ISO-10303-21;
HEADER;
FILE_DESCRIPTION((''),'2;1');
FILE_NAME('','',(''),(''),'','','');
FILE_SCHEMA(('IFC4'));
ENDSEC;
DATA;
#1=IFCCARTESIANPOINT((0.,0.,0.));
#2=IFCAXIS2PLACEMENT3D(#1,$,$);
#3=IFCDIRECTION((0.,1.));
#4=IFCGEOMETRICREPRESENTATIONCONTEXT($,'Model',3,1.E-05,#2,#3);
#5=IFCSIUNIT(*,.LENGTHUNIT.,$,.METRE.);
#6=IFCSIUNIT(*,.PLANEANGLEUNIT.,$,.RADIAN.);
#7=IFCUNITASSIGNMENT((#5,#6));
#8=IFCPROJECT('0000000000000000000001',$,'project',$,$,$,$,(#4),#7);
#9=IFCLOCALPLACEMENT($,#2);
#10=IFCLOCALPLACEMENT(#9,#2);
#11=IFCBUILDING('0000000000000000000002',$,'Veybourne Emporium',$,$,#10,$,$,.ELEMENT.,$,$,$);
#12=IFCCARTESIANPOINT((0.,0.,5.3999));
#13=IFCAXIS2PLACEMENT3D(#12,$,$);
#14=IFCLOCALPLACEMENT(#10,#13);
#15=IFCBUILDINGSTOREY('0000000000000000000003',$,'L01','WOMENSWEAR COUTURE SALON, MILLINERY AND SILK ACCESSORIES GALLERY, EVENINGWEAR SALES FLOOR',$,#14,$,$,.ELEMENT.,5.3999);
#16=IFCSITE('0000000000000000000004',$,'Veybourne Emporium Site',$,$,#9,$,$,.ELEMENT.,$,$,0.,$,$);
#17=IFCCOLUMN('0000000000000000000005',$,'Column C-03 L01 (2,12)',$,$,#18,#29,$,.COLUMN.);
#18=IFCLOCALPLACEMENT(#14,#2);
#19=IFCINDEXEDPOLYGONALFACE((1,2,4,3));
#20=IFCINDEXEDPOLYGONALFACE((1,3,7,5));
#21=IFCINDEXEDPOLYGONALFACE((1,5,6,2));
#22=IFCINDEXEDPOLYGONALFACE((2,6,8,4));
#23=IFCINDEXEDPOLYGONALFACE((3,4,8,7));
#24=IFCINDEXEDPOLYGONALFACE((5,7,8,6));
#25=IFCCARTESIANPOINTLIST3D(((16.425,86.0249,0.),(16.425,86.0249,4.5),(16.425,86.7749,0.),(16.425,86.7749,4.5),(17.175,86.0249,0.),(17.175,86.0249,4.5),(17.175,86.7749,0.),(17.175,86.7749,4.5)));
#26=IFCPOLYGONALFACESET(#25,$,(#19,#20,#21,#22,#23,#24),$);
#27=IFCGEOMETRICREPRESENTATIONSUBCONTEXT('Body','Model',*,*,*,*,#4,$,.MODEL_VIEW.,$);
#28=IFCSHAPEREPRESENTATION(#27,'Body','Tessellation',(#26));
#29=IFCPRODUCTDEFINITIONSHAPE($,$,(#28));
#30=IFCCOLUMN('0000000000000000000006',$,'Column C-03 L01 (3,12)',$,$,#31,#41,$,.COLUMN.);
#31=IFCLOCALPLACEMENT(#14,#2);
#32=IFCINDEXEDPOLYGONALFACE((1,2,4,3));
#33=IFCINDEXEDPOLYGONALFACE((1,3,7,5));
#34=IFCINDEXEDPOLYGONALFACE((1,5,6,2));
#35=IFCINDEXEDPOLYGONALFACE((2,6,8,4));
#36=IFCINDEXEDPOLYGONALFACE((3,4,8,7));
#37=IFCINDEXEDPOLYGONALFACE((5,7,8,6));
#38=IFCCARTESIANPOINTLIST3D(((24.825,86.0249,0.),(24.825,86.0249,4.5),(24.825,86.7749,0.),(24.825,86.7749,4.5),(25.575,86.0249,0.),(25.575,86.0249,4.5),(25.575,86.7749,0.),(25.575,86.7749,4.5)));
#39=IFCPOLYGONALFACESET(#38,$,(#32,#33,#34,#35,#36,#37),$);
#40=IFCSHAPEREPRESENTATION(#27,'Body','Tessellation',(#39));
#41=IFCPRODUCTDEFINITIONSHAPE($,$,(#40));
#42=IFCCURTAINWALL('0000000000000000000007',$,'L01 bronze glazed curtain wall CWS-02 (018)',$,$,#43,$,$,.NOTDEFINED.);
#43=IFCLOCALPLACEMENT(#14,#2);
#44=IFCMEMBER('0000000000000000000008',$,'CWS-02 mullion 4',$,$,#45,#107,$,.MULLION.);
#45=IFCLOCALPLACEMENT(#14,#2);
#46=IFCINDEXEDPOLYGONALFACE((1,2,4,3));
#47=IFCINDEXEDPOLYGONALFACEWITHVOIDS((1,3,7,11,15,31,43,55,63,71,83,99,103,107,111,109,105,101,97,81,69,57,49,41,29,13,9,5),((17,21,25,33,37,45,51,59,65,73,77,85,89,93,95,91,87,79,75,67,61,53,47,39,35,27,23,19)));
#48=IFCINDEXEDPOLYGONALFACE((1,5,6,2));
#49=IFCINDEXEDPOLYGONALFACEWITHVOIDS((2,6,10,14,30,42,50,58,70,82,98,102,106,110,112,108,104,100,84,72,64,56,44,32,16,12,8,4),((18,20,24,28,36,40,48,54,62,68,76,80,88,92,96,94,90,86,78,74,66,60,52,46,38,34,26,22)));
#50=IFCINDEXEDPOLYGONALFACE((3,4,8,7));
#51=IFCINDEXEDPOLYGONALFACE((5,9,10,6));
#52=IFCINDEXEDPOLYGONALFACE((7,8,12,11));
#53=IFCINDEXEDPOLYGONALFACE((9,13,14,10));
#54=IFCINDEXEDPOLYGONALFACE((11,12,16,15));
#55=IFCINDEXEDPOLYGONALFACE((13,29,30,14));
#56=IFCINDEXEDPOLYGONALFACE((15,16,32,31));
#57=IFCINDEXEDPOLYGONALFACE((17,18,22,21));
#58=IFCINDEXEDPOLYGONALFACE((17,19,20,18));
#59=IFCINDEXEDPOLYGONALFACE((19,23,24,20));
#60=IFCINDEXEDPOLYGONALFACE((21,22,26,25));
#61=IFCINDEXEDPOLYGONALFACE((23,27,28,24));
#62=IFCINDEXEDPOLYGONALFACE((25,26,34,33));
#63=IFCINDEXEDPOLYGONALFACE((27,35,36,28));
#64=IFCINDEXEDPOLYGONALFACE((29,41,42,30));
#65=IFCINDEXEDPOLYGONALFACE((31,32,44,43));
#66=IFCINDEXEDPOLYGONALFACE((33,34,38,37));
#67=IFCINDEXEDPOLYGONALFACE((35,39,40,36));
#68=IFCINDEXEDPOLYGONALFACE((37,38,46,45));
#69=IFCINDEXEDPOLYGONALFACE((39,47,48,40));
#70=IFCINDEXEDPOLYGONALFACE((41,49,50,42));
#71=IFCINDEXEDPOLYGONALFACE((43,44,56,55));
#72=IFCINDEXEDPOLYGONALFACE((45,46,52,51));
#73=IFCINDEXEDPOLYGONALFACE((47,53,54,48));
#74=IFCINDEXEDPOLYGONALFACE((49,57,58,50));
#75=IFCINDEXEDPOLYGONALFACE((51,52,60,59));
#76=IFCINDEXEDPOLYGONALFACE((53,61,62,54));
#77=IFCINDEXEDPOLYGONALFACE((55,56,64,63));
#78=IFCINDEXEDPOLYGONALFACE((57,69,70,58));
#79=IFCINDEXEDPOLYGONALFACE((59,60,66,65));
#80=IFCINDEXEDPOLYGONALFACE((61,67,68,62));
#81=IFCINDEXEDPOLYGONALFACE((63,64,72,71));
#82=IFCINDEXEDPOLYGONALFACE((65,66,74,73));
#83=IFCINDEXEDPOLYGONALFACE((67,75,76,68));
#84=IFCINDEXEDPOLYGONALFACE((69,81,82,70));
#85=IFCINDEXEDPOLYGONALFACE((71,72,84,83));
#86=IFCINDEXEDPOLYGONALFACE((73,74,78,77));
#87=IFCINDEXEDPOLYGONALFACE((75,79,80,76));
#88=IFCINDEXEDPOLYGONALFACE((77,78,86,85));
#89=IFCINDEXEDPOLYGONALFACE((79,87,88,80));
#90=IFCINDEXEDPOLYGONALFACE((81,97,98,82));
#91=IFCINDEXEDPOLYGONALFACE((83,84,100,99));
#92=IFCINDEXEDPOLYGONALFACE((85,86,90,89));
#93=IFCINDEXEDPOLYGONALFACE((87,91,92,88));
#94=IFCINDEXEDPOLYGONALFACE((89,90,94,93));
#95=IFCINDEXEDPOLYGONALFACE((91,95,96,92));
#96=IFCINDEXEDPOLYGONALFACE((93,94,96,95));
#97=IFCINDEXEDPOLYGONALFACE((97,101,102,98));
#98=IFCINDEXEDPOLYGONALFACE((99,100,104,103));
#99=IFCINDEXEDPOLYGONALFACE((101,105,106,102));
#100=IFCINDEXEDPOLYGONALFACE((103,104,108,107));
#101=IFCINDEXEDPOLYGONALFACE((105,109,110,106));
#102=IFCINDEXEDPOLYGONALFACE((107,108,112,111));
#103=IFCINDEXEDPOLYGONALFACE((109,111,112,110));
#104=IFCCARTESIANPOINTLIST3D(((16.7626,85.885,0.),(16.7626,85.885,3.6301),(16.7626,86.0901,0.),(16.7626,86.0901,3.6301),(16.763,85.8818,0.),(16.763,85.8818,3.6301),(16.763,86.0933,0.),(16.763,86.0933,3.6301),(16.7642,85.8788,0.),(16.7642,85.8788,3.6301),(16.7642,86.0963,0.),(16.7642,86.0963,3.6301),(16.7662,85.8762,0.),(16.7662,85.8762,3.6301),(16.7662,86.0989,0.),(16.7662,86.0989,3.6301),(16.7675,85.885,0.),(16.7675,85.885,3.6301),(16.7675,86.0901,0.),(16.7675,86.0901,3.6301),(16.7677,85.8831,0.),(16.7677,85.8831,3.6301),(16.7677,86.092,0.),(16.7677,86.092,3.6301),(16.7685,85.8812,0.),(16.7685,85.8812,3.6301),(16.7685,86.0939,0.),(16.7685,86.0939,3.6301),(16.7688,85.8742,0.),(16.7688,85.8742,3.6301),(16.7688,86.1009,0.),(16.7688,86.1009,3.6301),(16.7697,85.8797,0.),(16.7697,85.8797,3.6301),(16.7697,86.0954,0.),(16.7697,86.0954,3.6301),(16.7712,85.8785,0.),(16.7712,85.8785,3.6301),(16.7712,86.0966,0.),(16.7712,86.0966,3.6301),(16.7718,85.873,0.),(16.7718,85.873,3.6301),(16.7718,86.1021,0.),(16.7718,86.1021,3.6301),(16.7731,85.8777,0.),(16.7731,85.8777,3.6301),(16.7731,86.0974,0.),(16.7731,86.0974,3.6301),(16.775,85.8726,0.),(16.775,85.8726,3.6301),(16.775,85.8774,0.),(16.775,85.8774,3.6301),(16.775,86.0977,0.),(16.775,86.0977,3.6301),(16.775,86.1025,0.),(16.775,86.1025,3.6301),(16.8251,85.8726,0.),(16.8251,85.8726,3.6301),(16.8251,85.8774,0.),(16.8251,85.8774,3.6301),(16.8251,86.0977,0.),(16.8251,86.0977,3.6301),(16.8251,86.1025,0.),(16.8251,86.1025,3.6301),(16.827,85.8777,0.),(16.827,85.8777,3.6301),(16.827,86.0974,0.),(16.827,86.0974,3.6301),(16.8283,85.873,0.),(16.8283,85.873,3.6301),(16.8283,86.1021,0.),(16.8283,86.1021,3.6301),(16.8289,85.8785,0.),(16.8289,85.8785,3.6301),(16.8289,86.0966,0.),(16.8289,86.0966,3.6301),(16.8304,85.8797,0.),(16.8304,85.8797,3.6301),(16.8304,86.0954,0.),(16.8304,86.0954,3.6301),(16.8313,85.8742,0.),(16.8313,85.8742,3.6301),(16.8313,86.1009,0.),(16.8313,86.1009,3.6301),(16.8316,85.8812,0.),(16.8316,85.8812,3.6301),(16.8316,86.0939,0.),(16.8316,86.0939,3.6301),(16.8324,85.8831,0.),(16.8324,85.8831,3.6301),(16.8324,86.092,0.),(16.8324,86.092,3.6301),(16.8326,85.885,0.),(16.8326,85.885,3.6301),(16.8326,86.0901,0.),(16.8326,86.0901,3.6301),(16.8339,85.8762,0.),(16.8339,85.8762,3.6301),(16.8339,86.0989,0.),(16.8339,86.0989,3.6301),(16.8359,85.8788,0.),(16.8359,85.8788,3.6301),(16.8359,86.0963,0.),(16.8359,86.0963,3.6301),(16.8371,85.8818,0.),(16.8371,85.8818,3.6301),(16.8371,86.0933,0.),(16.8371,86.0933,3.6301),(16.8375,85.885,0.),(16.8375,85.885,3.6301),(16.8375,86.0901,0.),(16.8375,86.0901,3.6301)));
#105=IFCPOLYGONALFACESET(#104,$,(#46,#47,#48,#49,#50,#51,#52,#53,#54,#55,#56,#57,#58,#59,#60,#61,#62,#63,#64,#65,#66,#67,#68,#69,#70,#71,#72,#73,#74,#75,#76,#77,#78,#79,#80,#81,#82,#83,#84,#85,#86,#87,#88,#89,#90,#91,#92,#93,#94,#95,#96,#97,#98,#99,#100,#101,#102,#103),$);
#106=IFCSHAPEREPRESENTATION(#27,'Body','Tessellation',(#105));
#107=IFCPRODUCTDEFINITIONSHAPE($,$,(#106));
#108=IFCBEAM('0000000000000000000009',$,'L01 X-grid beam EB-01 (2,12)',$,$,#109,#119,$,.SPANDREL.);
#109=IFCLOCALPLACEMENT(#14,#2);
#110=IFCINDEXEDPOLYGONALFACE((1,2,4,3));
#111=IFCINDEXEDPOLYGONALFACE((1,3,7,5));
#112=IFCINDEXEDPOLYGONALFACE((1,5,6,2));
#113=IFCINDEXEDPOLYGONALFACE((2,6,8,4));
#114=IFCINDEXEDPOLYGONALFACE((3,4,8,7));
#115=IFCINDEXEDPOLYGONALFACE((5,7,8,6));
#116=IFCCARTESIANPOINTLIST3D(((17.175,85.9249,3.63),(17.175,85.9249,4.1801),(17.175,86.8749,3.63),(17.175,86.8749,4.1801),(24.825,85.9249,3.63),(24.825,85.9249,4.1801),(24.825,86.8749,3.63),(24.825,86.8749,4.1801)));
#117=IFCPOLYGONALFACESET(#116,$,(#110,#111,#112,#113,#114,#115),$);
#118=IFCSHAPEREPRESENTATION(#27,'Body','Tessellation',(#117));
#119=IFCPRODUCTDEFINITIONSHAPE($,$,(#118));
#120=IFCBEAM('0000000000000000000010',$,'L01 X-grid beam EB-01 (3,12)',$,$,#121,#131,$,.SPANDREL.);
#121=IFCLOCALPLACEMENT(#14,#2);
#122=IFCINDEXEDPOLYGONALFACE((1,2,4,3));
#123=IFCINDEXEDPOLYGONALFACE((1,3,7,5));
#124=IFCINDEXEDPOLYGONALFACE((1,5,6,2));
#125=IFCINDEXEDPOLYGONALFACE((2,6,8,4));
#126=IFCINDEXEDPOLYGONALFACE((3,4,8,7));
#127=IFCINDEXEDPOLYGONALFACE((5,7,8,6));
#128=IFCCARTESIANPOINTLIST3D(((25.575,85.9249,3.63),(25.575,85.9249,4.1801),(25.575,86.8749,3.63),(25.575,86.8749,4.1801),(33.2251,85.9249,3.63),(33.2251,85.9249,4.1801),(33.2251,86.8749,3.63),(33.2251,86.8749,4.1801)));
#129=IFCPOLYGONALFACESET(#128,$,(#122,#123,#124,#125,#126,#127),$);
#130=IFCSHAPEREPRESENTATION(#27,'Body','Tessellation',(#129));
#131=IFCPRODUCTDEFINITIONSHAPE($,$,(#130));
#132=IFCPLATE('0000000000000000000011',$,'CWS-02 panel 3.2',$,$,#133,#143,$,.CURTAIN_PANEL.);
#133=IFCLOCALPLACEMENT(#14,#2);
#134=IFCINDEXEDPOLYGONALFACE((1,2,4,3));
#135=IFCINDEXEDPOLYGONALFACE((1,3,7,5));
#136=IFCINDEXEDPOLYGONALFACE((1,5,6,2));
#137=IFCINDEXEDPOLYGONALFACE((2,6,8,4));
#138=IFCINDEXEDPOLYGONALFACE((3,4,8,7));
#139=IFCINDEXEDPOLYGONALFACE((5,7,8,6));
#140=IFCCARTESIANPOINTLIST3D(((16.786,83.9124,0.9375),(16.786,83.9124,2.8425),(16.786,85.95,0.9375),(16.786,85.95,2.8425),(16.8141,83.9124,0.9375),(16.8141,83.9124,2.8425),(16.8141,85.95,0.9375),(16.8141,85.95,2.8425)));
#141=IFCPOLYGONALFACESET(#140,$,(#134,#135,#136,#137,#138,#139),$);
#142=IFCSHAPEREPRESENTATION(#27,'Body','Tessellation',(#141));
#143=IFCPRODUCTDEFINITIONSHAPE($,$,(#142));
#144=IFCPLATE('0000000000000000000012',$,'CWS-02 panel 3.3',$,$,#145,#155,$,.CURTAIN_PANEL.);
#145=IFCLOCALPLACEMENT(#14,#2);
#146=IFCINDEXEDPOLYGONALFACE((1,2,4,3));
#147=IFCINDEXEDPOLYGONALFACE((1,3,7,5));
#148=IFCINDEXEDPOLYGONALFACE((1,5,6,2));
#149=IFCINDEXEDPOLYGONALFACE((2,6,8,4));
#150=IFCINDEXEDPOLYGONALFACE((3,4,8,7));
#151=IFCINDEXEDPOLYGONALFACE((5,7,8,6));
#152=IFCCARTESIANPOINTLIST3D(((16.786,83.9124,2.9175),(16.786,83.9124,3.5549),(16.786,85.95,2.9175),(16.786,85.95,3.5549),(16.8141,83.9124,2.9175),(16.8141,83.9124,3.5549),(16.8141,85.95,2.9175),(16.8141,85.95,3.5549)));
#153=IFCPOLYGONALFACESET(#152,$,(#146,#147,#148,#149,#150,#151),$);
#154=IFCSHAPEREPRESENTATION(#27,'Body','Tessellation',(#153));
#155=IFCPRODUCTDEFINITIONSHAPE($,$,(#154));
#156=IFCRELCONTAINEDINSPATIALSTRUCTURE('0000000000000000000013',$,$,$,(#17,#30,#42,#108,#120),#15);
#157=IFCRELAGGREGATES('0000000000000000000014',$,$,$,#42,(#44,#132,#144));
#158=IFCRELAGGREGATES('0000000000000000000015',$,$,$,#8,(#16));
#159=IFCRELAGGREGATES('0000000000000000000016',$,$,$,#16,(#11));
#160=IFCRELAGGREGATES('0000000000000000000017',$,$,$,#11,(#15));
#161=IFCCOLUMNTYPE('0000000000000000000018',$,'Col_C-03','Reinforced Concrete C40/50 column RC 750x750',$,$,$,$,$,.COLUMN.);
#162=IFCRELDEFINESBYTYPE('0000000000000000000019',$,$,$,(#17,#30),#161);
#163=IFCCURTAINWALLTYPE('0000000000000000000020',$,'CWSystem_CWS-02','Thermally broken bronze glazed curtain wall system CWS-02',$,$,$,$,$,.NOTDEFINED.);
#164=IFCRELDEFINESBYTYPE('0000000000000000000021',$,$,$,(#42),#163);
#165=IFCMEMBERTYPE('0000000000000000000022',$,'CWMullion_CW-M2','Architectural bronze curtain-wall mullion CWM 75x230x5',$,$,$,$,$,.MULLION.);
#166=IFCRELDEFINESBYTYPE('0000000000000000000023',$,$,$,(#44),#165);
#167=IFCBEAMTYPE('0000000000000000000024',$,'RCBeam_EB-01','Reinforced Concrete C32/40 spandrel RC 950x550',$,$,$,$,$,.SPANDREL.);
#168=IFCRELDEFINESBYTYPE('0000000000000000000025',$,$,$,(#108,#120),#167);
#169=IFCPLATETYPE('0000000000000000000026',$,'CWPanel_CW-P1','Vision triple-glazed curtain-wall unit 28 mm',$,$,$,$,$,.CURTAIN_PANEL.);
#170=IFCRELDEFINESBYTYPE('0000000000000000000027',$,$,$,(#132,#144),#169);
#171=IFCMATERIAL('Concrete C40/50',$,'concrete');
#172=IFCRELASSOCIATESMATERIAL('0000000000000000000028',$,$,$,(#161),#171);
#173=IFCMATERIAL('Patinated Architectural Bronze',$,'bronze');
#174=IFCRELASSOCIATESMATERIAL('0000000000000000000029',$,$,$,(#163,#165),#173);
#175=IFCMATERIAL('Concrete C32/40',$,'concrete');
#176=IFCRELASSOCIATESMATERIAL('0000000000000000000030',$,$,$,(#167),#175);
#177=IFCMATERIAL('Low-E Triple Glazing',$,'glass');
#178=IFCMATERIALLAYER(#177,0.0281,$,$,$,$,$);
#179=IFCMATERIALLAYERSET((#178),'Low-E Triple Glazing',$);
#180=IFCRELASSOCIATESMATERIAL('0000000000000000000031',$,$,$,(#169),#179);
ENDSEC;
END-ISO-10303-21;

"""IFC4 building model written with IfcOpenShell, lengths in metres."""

from ifc_helpers import new_model, si_unit, direction, frame, origin, origin_2d, place, context, subcontext, project, spatial, rectangle, hollow_rectangle, extrude, material, layer, layer_set, material_profile, profile_set, type_object, element, aggregate, save


model = new_model("IFC4")

# Units and contexts
model_context = context("Model", 3, precision=1e-05, world=origin(), true_north=direction((0.0, 1.0)))
body_context = subcontext(model_context, "Body", "Model", "MODEL_VIEW")
ifc_project = project(units=[si_unit("LENGTHUNIT", "METRE"), si_unit("PLANEANGLEUNIT", "RADIAN")], contexts=[model_context])

# Site, building, storey
site_placement = place(None, origin())
site = spatial("IfcSite", under=ifc_project, at=site_placement, Name="Veybourne Emporium Site", CompositionType="ELEMENT", RefElevation=0.0)
building_placement = place(site_placement, origin())
building = spatial("IfcBuilding", under=site, at=building_placement, Name="Veybourne Emporium", CompositionType="ELEMENT")
storey_placement = place(building_placement, frame((0.0, 0.0, 5.3999)))
storey = spatial("IfcBuildingStorey", under=building, at=storey_placement, Name="L01", Description="WOMENSWEAR COUTURE SALON, MILLINERY AND SILK ACCESSORIES GALLERY, EVENINGWEAR SALES FLOOR", CompositionType="ELEMENT", Elevation=5.3999)

# Columns
ifc_material_1 = material(Name="Concrete C40/50", Category="concrete")
ifc_material_profile_1 = material_profile(ifc_material_1, rectangle(XDim=0.75, YDim=0.75, at=origin_2d()), Name="RC 750x750")
ifc_profile_set_1 = profile_set([ifc_material_profile_1], Name="Concrete C40/50")
column_type = type_object("IfcColumnType", Name="Col_C-03", Description="Reinforced Concrete C40/50 column RC 750x750", PredefinedType="COLUMN", material=ifc_profile_set_1)
for number, where, z_axis, x_axis, name in (
    (1, (16.8, 86.3999, 0.0), (0.0, 0.0, 1.0), (1.0, 0.0, 0.0), "Column C-03 L01 (2,12)"),
    (2, (25.2, 86.3999, 0.0), (0.0, 0.0, 1.0), (1.0, 0.0, 0.0), "Column C-03 L01 (3,12)"),
):
    element("IfcColumn", number, at=place(storey_placement, frame(where, z_axis=z_axis, x_axis=x_axis)), inside=storey, type_object=column_type, Name=name, PredefinedType="COLUMN", context=body_context, shape_type="SweptSolid", body=[
        extrude(rectangle(XDim=0.75, YDim=0.75, at=origin_2d()), origin(), (0.0, 0.0, 1.0), 4.5),
    ])

# Curtain wall, member
ifc_material_2 = material(Name="Patinated Architectural Bronze", Category="bronze")
curtain_wall_type = type_object("IfcCurtainWallType", Name="CWSystem_CWS-02", Description="Thermally broken bronze glazed curtain wall system CWS-02", PredefinedType="NOTDEFINED", material=ifc_material_2)
curtain_wall_placement = place(storey_placement, origin())
curtain_wall = element("IfcCurtainWall", 3, at=curtain_wall_placement, inside=storey, type_object=curtain_wall_type, Name="L01 bronze glazed curtain wall CWS-02 (018)", PredefinedType="NOTDEFINED")
ifc_material_profile_2 = material_profile(ifc_material_2, hollow_rectangle(XDim=0.075, YDim=0.23, WallThickness=0.0049, InnerFilletRadius=0.0076, OuterFilletRadius=0.0125, at=origin_2d()), Name="CWM 75x230x5")
ifc_profile_set_2 = profile_set([ifc_material_profile_2], Name="Patinated Architectural Bronze")
member_type = type_object("IfcMemberType", Name="CWMullion_CW-M2", Description="Architectural bronze curtain-wall mullion CWM 75x230x5", PredefinedType="MULLION", material=ifc_profile_set_2)
member_placement = place(storey_placement, frame((16.8, 85.9875, 0.0), z_axis=(0.0, 0.0, 1.0), x_axis=(-1.0, 0.0, 0.0)))
member = element("IfcMember", 4, at=member_placement, type_object=member_type, Name="CWS-02 mullion 4", PredefinedType="MULLION", context=body_context, shape_type="SweptSolid", body=[
    extrude(hollow_rectangle(XDim=0.075, YDim=0.23, WallThickness=0.0049, InnerFilletRadius=0.0076, OuterFilletRadius=0.0125, at=origin_2d()), origin(), (0.0, 0.0, 1.0), 3.6301),
])

# Beams
ifc_material_3 = material(Name="Concrete C32/40", Category="concrete")
ifc_material_profile_3 = material_profile(ifc_material_3, rectangle(XDim=0.95, YDim=0.55, at=origin_2d()), Name="RC 950x550")
ifc_profile_set_3 = profile_set([ifc_material_profile_3], Name="Concrete C32/40")
beam_type = type_object("IfcBeamType", Name="RCBeam_EB-01", Description="Reinforced Concrete C32/40 spandrel RC 950x550", PredefinedType="SPANDREL", material=ifc_profile_set_3)
beam_1_placement = place(storey_placement, frame((17.175, 86.3999, 3.905), z_axis=(1.0, 0.0, 0.0), x_axis=(0.0, 1.0, 0.0)))
element("IfcBeam", 5, at=beam_1_placement, inside=storey, type_object=beam_type, Name="L01 X-grid beam EB-01 (2,12)", PredefinedType="SPANDREL", context=body_context, shape_type="SweptSolid", body=[
    extrude(rectangle(XDim=0.95, YDim=0.55, at=origin_2d()), origin(), (0.0, 0.0, 1.0), 7.6499),
])
beam_2_placement = place(storey_placement, frame((25.575, 86.3999, 3.905), z_axis=(1.0, 0.0, 0.0), x_axis=(0.0, 1.0, 0.0)))
element("IfcBeam", 6, at=beam_2_placement, inside=storey, type_object=beam_type, Name="L01 X-grid beam EB-01 (3,12)", PredefinedType="SPANDREL", context=body_context, shape_type="SweptSolid", body=[
    extrude(rectangle(XDim=0.95, YDim=0.55, at=origin_2d()), origin(), (0.0, 0.0, 1.0), 7.6501),
])

# Plates
ifc_material_4 = material(Name="Low-E Triple Glazing", Category="glass")
ifc_layer_1 = layer(ifc_material_4, 0.0281)
ifc_layer_set_1 = layer_set([ifc_layer_1], Name="Low-E Triple Glazing")
plate_type = type_object("IfcPlateType", Name="CWPanel_CW-P1", Description="Vision triple-glazed curtain-wall unit 28 mm", PredefinedType="CURTAIN_PANEL", material=ifc_layer_set_1)
plate_1_placement = place(storey_placement, frame((16.8, 84.9312, 0.9375), z_axis=(0.0, 0.0, 1.0), x_axis=(0.0, 1.0, 0.0)))
plate_1 = element("IfcPlate", 7, at=plate_1_placement, type_object=plate_type, Name="CWS-02 panel 3.2", PredefinedType="CURTAIN_PANEL", context=body_context, shape_type="SweptSolid", body=[
    extrude(rectangle(XDim=2.0376, YDim=0.0281, at=origin_2d()), origin(), (0.0, 0.0, 1.0), 1.905),
])
plate_2_placement = place(storey_placement, frame((16.8, 84.9312, 2.9175), z_axis=(0.0, 0.0, 1.0), x_axis=(0.0, 1.0, 0.0)))
plate_2 = element("IfcPlate", 8, at=plate_2_placement, type_object=plate_type, Name="CWS-02 panel 3.3", PredefinedType="CURTAIN_PANEL", context=body_context, shape_type="SweptSolid", body=[
    extrude(rectangle(XDim=2.0376, YDim=0.0281, at=origin_2d()), origin(), (0.0, 0.0, 1.0), 0.6375),
])
aggregate(curtain_wall, [member, plate_1, plate_2])

save(model, "model.ifc")
